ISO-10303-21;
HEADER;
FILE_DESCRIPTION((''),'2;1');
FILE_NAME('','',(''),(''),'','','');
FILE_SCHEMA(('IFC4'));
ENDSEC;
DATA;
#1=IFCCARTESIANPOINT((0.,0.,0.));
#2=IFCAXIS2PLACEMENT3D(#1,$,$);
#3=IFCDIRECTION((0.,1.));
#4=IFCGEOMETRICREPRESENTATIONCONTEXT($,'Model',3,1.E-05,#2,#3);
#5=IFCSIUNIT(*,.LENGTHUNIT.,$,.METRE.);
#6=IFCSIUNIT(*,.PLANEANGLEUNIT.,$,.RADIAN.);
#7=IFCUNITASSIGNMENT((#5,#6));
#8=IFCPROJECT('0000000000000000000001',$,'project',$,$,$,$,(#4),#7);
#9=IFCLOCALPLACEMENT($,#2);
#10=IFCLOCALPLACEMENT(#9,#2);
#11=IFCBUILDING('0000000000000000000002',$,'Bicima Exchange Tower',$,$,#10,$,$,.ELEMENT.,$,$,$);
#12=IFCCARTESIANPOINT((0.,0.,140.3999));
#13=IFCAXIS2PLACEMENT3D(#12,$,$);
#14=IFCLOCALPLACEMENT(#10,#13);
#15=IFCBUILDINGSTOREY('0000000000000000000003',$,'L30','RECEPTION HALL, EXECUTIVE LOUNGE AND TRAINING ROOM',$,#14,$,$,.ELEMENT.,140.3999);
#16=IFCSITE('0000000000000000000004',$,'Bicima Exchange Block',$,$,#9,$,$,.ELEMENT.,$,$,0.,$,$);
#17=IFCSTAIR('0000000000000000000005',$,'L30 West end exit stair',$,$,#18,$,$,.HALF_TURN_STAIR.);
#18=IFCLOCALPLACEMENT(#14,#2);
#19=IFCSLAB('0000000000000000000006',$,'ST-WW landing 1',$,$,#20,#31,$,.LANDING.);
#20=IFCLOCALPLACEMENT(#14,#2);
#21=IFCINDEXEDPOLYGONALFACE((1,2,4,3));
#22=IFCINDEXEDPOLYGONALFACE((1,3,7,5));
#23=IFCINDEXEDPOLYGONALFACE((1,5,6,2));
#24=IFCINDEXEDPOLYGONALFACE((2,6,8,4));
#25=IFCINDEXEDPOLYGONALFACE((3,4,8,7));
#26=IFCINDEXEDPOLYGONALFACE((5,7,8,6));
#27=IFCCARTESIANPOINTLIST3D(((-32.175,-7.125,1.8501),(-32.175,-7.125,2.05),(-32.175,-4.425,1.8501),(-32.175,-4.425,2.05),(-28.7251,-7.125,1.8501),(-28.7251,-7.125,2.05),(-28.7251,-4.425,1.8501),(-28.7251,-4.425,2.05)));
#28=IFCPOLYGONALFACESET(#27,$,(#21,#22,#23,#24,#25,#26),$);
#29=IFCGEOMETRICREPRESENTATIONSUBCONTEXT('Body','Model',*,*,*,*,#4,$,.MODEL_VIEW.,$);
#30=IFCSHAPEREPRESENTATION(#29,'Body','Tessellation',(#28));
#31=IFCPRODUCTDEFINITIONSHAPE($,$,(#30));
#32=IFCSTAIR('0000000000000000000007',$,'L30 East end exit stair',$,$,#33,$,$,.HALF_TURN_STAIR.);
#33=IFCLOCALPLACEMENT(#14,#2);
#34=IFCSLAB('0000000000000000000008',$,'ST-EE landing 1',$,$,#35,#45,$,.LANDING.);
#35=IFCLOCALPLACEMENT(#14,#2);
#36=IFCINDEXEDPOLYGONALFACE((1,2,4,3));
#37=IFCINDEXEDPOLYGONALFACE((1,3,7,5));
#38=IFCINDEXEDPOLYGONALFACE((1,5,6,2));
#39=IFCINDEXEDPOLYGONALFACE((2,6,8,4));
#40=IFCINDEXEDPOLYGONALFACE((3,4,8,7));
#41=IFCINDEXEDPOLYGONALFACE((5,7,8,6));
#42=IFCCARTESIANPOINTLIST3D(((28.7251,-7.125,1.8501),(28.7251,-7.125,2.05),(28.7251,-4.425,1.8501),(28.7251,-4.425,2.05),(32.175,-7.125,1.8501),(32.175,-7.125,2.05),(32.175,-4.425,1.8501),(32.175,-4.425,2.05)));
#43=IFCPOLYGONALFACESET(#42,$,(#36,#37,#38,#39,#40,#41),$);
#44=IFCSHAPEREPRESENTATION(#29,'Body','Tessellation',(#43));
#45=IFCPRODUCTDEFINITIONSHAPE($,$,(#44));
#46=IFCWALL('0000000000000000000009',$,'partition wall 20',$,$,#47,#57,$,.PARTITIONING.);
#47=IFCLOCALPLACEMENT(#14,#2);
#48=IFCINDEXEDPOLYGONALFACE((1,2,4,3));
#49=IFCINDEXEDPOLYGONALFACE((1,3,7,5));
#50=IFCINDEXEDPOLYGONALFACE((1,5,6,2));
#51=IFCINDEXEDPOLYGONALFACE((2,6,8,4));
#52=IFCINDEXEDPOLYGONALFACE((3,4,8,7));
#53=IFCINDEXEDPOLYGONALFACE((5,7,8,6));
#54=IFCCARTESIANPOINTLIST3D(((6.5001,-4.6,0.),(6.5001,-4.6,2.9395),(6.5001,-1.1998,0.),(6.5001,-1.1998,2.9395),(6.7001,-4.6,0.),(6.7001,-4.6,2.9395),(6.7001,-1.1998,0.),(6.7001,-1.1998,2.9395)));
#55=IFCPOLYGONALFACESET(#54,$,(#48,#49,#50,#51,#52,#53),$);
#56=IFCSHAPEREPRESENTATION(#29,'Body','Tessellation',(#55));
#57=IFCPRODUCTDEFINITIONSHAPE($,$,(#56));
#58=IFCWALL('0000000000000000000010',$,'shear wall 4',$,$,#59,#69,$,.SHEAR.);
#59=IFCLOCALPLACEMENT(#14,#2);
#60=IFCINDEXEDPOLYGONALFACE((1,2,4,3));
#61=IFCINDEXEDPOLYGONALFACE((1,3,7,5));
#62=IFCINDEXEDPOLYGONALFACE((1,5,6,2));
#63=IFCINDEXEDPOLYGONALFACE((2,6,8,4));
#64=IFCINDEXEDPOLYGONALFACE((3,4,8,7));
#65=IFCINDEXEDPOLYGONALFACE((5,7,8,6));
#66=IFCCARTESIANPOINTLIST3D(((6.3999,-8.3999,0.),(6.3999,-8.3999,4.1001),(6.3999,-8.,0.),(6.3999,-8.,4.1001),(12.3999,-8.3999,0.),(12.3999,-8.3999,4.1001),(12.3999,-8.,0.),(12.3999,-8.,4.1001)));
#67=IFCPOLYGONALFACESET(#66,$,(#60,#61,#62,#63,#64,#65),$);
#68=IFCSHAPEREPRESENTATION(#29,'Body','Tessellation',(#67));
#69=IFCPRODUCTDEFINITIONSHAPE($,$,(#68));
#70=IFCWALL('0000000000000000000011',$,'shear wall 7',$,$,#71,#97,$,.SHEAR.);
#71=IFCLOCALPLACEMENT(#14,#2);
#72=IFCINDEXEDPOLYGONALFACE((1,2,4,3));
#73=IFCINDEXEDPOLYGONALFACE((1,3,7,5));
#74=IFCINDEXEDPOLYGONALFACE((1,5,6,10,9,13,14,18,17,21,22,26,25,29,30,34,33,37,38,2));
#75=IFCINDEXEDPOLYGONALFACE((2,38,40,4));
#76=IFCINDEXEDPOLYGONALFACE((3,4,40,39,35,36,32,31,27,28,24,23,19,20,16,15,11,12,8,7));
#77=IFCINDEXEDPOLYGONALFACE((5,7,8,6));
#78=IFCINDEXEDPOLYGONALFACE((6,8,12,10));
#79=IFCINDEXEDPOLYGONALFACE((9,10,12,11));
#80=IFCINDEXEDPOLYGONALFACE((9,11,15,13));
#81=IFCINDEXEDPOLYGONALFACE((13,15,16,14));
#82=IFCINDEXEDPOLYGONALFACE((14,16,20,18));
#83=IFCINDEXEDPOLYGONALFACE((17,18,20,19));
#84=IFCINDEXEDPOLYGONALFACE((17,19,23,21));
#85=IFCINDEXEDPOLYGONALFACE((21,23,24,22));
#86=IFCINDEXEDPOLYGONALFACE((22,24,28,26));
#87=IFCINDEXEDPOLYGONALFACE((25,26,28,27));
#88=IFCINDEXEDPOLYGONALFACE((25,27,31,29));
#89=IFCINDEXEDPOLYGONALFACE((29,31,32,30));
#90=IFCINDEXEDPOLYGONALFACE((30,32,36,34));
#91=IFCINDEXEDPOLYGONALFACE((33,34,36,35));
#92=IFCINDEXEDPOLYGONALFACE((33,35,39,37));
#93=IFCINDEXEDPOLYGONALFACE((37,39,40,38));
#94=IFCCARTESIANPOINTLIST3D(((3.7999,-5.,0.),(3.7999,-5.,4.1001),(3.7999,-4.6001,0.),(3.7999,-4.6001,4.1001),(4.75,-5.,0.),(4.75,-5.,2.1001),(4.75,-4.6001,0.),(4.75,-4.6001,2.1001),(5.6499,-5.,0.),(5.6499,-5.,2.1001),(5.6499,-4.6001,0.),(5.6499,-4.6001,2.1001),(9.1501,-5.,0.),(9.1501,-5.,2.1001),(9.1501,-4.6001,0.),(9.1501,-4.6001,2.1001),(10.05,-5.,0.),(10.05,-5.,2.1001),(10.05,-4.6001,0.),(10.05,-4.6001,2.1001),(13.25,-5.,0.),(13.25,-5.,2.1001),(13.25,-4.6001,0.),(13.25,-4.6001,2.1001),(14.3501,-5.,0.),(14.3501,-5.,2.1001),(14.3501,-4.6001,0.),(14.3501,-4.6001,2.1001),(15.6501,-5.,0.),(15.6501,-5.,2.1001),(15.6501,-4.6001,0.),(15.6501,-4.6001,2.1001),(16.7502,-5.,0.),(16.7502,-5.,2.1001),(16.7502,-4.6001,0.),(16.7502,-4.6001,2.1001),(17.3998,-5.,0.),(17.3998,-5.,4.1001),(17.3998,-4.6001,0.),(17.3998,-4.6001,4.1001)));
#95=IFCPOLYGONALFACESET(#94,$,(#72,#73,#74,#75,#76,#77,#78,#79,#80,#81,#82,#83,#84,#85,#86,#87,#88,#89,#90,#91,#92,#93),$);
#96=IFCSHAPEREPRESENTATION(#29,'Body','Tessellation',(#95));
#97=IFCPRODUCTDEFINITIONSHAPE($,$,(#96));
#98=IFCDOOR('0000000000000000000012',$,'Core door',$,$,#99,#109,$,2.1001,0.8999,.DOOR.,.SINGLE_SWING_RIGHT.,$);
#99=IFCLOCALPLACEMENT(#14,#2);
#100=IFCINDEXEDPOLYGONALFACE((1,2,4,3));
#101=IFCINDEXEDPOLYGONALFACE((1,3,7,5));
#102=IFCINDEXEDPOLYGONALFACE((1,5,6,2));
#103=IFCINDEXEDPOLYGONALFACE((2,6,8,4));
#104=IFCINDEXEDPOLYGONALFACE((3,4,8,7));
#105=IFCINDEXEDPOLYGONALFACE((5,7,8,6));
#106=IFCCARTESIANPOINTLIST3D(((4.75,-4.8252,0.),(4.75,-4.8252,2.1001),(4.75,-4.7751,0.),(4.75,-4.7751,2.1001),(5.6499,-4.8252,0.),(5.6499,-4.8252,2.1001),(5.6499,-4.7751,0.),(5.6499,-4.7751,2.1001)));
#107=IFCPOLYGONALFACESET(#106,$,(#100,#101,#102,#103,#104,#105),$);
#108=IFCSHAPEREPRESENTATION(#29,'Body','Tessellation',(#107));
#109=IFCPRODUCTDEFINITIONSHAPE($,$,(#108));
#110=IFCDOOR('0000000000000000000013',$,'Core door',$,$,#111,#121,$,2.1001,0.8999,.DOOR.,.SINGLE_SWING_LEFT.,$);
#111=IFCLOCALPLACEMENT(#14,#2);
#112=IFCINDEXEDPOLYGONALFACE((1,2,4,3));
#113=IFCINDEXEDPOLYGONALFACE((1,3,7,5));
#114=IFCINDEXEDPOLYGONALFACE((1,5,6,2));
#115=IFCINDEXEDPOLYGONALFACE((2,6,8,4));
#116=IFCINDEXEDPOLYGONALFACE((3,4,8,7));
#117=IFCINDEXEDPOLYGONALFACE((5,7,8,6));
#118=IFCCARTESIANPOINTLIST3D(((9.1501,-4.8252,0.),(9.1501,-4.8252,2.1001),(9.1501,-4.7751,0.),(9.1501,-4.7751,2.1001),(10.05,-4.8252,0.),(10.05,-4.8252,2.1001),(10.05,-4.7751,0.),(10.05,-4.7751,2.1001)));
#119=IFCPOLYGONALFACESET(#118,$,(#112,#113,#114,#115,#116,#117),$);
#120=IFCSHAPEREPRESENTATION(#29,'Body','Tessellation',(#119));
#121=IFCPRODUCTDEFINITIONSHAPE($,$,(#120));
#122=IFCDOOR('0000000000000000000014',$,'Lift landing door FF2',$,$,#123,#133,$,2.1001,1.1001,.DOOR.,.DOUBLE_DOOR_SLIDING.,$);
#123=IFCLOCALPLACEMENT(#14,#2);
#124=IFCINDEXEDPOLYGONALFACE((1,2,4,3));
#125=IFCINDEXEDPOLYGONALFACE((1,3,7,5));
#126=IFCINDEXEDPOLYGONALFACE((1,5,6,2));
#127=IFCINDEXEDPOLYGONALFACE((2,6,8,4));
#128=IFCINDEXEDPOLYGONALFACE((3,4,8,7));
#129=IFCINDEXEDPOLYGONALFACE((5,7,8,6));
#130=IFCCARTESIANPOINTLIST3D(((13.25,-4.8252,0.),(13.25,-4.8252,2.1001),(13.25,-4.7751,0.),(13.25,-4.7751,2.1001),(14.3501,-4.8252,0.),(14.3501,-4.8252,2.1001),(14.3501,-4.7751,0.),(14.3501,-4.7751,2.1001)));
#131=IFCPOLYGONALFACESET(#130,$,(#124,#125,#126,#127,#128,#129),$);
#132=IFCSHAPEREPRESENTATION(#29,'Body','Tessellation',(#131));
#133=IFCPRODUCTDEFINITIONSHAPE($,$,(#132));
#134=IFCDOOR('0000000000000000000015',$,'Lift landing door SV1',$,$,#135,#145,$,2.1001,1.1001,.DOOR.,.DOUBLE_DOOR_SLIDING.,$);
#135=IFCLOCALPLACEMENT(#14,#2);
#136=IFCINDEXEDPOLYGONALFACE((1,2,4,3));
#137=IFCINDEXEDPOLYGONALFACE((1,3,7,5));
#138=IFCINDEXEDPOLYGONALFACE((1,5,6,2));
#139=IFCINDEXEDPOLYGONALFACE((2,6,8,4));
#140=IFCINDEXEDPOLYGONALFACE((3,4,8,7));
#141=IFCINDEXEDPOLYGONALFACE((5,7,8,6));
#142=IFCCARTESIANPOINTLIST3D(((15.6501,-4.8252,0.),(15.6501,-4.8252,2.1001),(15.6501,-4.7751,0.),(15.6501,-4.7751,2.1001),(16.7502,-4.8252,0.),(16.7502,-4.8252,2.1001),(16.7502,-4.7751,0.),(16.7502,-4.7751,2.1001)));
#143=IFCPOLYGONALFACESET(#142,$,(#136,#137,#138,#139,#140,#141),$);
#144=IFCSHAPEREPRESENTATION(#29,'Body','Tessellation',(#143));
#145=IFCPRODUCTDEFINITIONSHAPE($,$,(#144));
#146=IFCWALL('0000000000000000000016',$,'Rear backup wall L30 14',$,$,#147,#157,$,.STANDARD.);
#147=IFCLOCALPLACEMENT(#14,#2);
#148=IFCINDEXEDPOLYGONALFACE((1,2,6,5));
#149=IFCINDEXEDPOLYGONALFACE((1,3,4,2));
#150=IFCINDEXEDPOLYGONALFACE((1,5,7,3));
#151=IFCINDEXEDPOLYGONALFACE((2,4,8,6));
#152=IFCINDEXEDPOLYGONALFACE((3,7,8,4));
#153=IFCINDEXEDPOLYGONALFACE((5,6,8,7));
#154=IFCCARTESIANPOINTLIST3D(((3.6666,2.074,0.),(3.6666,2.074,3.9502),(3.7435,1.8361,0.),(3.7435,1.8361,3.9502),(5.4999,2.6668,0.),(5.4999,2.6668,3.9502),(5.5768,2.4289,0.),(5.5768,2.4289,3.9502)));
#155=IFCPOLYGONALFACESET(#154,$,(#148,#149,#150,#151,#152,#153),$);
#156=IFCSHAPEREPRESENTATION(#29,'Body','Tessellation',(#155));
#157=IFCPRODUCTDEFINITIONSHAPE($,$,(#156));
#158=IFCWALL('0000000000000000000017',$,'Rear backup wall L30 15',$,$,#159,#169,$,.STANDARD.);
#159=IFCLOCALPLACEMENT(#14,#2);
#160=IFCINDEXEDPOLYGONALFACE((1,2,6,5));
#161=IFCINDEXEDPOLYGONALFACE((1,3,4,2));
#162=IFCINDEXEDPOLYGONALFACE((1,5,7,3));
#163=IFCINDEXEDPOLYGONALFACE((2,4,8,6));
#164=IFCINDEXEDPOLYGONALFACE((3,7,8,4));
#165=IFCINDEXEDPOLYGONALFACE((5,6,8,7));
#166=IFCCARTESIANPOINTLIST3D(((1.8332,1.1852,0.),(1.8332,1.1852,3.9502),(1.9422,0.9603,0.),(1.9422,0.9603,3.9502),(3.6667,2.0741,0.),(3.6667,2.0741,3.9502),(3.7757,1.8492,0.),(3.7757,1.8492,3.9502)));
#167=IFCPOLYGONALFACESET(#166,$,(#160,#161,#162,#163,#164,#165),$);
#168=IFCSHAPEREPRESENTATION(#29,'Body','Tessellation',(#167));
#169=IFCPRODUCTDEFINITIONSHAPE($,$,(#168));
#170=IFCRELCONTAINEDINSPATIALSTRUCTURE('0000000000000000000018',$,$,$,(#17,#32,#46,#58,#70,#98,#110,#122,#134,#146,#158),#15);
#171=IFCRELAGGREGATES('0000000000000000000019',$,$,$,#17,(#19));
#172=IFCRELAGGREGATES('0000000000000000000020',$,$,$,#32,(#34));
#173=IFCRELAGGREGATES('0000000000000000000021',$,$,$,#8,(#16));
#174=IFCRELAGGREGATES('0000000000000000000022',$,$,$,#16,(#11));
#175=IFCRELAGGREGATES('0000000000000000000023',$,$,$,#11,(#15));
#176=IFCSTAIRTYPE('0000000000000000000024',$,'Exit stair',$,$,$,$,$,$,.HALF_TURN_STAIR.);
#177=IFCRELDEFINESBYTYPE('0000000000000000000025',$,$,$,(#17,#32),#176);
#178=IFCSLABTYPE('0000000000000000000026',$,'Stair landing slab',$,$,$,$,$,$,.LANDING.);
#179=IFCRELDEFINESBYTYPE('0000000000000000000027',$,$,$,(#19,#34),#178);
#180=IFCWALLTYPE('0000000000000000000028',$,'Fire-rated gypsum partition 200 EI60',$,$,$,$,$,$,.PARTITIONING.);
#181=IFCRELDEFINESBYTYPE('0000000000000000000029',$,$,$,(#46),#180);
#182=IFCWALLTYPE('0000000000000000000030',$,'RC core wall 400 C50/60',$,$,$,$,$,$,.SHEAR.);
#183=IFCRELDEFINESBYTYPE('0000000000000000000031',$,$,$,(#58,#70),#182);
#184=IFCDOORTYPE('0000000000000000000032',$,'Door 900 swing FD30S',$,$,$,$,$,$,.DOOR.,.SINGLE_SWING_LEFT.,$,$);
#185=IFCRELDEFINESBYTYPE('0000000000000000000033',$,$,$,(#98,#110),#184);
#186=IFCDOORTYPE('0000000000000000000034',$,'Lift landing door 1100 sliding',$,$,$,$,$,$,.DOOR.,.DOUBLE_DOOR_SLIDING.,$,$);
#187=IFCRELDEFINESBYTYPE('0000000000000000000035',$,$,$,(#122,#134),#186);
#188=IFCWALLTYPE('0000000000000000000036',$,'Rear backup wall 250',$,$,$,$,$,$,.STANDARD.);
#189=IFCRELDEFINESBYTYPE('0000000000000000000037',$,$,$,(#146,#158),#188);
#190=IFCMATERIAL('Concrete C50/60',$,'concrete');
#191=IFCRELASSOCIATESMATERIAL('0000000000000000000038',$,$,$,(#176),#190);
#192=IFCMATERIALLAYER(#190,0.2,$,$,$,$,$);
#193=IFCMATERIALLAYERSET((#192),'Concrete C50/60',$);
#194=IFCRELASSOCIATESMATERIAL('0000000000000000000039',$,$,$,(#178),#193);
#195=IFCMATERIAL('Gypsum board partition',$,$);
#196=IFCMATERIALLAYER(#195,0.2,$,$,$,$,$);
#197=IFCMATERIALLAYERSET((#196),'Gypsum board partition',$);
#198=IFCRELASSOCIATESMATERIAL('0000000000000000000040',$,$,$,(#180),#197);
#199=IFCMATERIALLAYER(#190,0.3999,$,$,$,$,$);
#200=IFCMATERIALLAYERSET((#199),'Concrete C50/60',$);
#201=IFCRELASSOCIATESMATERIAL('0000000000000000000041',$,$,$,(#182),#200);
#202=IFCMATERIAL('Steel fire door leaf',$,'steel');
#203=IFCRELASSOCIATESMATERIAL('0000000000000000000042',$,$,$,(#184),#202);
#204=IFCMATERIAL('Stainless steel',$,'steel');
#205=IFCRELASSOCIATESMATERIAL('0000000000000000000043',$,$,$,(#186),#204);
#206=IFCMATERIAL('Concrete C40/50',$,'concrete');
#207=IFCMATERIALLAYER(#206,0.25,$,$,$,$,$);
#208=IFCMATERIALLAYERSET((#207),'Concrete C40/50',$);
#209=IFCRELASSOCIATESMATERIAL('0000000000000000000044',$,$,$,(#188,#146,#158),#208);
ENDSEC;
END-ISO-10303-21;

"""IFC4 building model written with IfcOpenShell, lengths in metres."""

from ifc_helpers import new_model, si_unit, direction, frame, frame_2d, origin, place, context, subcontext, project, spatial, polyline, rectangle, outline, extrude, material, layer, layer_set, layer_usage, type_object, element, fill, aggregate, save


model = new_model("IFC4")

# Units and contexts
model_context = context("Model", 3, precision=1e-05, world=origin(), true_north=direction((0.0, 1.0)))
body_context = subcontext(model_context, "Body", "Model", "MODEL_VIEW")
ifc_project = project(units=[si_unit("LENGTHUNIT", "METRE"), si_unit("PLANEANGLEUNIT", "RADIAN")], contexts=[model_context])

# Site, building, storey
site_placement = place(None, origin())
site = spatial("IfcSite", under=ifc_project, at=site_placement, Name="Bicima Exchange Block", CompositionType="ELEMENT", RefElevation=0.0)
building_placement = place(site_placement, origin())
building = spatial("IfcBuilding", under=site, at=building_placement, Name="Bicima Exchange Tower", CompositionType="ELEMENT")
storey_placement = place(building_placement, frame((0.0, 0.0, 140.3999)))
storey = spatial("IfcBuildingStorey", under=building, at=storey_placement, Name="L30", Description="RECEPTION HALL, EXECUTIVE LOUNGE AND TRAINING ROOM", CompositionType="ELEMENT", Elevation=140.3999)

# Shared definitions
ifc_material_1 = material(Name="Concrete C40/50", Category="concrete")

# Stairs, slabs
ifc_material_2 = material(Name="Concrete C50/60", Category="concrete")
stair_type_1 = type_object("IfcStairType", Name="Exit stair", PredefinedType="HALF_TURN_STAIR", material=ifc_material_2)
ifc_layer_1 = layer(ifc_material_2, 0.2)
ifc_layer_set_1 = layer_set([ifc_layer_1], Name="Concrete C50/60")
slab_type_1 = type_object("IfcSlabType", Name="Stair landing slab", PredefinedType="LANDING", material=ifc_layer_set_1)
stair_1_placement = place(storey_placement, origin())
stair_1 = element("IfcStair", 1, at=stair_1_placement, inside=storey, type_object=stair_type_1, Name="L30 West end exit stair", PredefinedType="HALF_TURN_STAIR")
slab_1_placement = place(storey_placement, frame((0.0, 0.0, 1.8501)))
slab_1 = element("IfcSlab", 2, at=slab_1_placement, type_object=slab_type_1, Name="ST-WW landing 1", PredefinedType="LANDING", context=body_context, shape_type="SweptSolid", body=[
    extrude(outline(polyline([(-28.7251, -7.125), (-28.7251, -4.425), (-32.175, -4.425), (-32.175, -7.125), (-28.7251, -7.125)])), origin(), (0.0, 0.0, 1.0), 0.2),
])
aggregate(stair_1, [slab_1])
stair_2_placement = place(storey_placement, origin())
stair_2 = element("IfcStair", 3, at=stair_2_placement, inside=storey, type_object=stair_type_1, Name="L30 East end exit stair", PredefinedType="HALF_TURN_STAIR")
slab_2_placement = place(storey_placement, frame((0.0, 0.0, 1.8501)))
slab_2 = element("IfcSlab", 4, at=slab_2_placement, type_object=slab_type_1, Name="ST-EE landing 1", PredefinedType="LANDING", context=body_context, shape_type="SweptSolid", body=[
    extrude(outline(polyline([(32.175, -7.125), (32.175, -4.425), (28.7251, -4.425), (28.7251, -7.125), (32.175, -7.125)])), origin(), (0.0, 0.0, 1.0), 0.2),
])
aggregate(stair_2, [slab_2])

# Walls
ifc_material_3 = material(Name="Gypsum board partition")
ifc_layer_2 = layer(ifc_material_3, 0.2)
ifc_layer_set_2 = layer_set([ifc_layer_2], Name="Gypsum board partition")
wall_type_1 = type_object("IfcWallType", Name="Fire-rated gypsum partition 200 EI60", PredefinedType="PARTITIONING", material=ifc_layer_set_2)
wall_1_placement = place(storey_placement, frame((6.6001, -4.6001, 0.0), z_axis=(0.0, 0.0, 1.0), x_axis=(0.0, 1.0, 0.0)))
element("IfcWall", 5, at=wall_1_placement, inside=storey, type_object=wall_type_1, Name="partition wall 20", PredefinedType="PARTITIONING", context=body_context, shape_type="SweptSolid", body=[
    extrude(rectangle(XDim=3.4001, YDim=0.2, at=frame_2d((1.7002, 0.0))), origin(), (0.0, 0.0, 1.0), 2.9395),
])
ifc_layer_3 = layer(ifc_material_2, 0.3999)
ifc_layer_set_3 = layer_set([ifc_layer_3], Name="Concrete C50/60")
wall_type_2 = type_object("IfcWallType", Name="RC core wall 400 C50/60", PredefinedType="SHEAR", material=ifc_layer_set_3)
wall_2_placement = place(storey_placement, frame((6.3999, -8.2, 0.0), z_axis=(0.0, 0.0, 1.0), x_axis=(1.0, 0.0, 0.0)))
element("IfcWall", 6, at=wall_2_placement, inside=storey, type_object=wall_type_2, Name="shear wall 4", PredefinedType="SHEAR", context=body_context, shape_type="SweptSolid", body=[
    extrude(rectangle(XDim=6.0, YDim=0.3999, at=frame_2d((3.0, 0.0))), origin(), (0.0, 0.0, 1.0), 4.1001),
])

# Wall, openings, doors
wall_3_placement = place(storey_placement, frame((3.8, -4.8, 0.0), z_axis=(0.0, 0.0, 1.0), x_axis=(1.0, 0.0, 0.0)))
wall_3 = element("IfcWall", 7, at=wall_3_placement, inside=storey, type_object=wall_type_2, Name="shear wall 7", PredefinedType="SHEAR", context=body_context, shape_type="SweptSolid", body=[
    extrude(rectangle(XDim=13.5999, YDim=0.3999, at=frame_2d((6.7998, 0.0))), origin(), (0.0, 0.0, 1.0), 4.1001),
])
opening_1_placement = place(wall_3_placement, frame((9.45, 0.0, 0.0)))
opening_1 = element("IfcOpeningElement", 8, at=opening_1_placement, cuts=wall_3, PredefinedType="OPENING", context=body_context, shape_type="SweptSolid", body=[
    extrude(rectangle(XDim=1.1001, YDim=2.1001, at=frame_2d((0.55, 1.05))), frame((0.0, 0.2119, 0.0), z_axis=(0.0, -1.0, 0.0), x_axis=(1.0, 0.0, 0.0)), (0.0, 0.0, 1.0), 0.4238),
])
opening_2_placement = place(wall_3_placement, frame((11.8501, 0.0, 0.0)))
opening_2 = element("IfcOpeningElement", 9, at=opening_2_placement, cuts=wall_3, PredefinedType="OPENING", context=body_context, shape_type="SweptSolid", body=[
    extrude(rectangle(XDim=1.1001, YDim=2.1001, at=frame_2d((0.55, 1.05))), frame((0.0, 0.2119, 0.0), z_axis=(0.0, -1.0, 0.0), x_axis=(1.0, 0.0, 0.0)), (0.0, 0.0, 1.0), 0.4238),
])
opening_3_placement = place(wall_3_placement, frame((0.95, 0.0, 0.0)))
opening_3 = element("IfcOpeningElement", 10, at=opening_3_placement, cuts=wall_3, PredefinedType="OPENING", context=body_context, shape_type="SweptSolid", body=[
    extrude(rectangle(XDim=0.8999, YDim=2.1001, at=frame_2d((0.45, 1.05))), frame((0.0, 0.2119, 0.0), z_axis=(0.0, -1.0, 0.0), x_axis=(1.0, 0.0, 0.0)), (0.0, 0.0, 1.0), 0.4238),
])
opening_4_placement = place(wall_3_placement, frame((5.3501, 0.0, 0.0)))
opening_4 = element("IfcOpeningElement", 11, at=opening_4_placement, cuts=wall_3, PredefinedType="OPENING", context=body_context, shape_type="SweptSolid", body=[
    extrude(rectangle(XDim=0.8999, YDim=2.1001, at=frame_2d((0.45, 1.05))), frame((0.0, 0.2119, 0.0), z_axis=(0.0, -1.0, 0.0), x_axis=(1.0, 0.0, 0.0)), (0.0, 0.0, 1.0), 0.4238),
])
ifc_material_4 = material(Name="Steel fire door leaf", Category="steel")
door_type_1 = type_object("IfcDoorType", Name="Door 900 swing FD30S", OperationType="SINGLE_SWING_LEFT", PredefinedType="DOOR", material=ifc_material_4)
door_1_placement = place(opening_3_placement, origin())
door_1 = element("IfcDoor", 12, at=door_1_placement, inside=storey, type_object=door_type_1, Name="Core door", OperationType="SINGLE_SWING_RIGHT", OverallHeight=2.1001, OverallWidth=0.8999, PredefinedType="DOOR", context=body_context, shape_type="SweptSolid", body=[
    extrude(rectangle(XDim=0.8999, YDim=2.1001, at=frame_2d((0.45, 1.05))), frame((0.0, 0.0249, 0.0), z_axis=(0.0, -1.0, 0.0), x_axis=(1.0, 0.0, 0.0)), (0.0, 0.0, 1.0), 0.05),
])
fill(opening_3, door_1)
door_2_placement = place(opening_4_placement, origin())
door_2 = element("IfcDoor", 13, at=door_2_placement, inside=storey, type_object=door_type_1, Name="Core door", OperationType="SINGLE_SWING_LEFT", OverallHeight=2.1001, OverallWidth=0.8999, PredefinedType="DOOR", context=body_context, shape_type="SweptSolid", body=[
    extrude(rectangle(XDim=0.8999, YDim=2.1001, at=frame_2d((0.45, 1.05))), frame((0.0, 0.0249, 0.0), z_axis=(0.0, -1.0, 0.0), x_axis=(1.0, 0.0, 0.0)), (0.0, 0.0, 1.0), 0.05),
])
fill(opening_4, door_2)
ifc_material_5 = material(Name="Stainless steel", Category="steel")
door_type_2 = type_object("IfcDoorType", Name="Lift landing door 1100 sliding", OperationType="DOUBLE_DOOR_SLIDING", PredefinedType="DOOR", material=ifc_material_5)
door_3_placement = place(opening_1_placement, origin())
door_3 = element("IfcDoor", 14, at=door_3_placement, inside=storey, type_object=door_type_2, Name="Lift landing door FF2", OperationType="DOUBLE_DOOR_SLIDING", OverallHeight=2.1001, OverallWidth=1.1001, PredefinedType="DOOR", context=body_context, shape_type="SweptSolid", body=[
    extrude(rectangle(XDim=1.1001, YDim=2.1001, at=frame_2d((0.55, 1.05))), frame((0.0, 0.0249, 0.0), z_axis=(0.0, -1.0, 0.0), x_axis=(1.0, 0.0, 0.0)), (0.0, 0.0, 1.0), 0.05),
])
fill(opening_1, door_3)
door_4_placement = place(opening_2_placement, origin())
door_4 = element("IfcDoor", 15, at=door_4_placement, inside=storey, type_object=door_type_2, Name="Lift landing door SV1", OperationType="DOUBLE_DOOR_SLIDING", OverallHeight=2.1001, OverallWidth=1.1001, PredefinedType="DOOR", context=body_context, shape_type="SweptSolid", body=[
    extrude(rectangle(XDim=1.1001, YDim=2.1001, at=frame_2d((0.55, 1.05))), frame((0.0, 0.0249, 0.0), z_axis=(0.0, -1.0, 0.0), x_axis=(1.0, 0.0, 0.0)), (0.0, 0.0, 1.0), 0.05),
])
fill(opening_2, door_4)

# Walls
ifc_layer_4 = layer(ifc_material_1, 0.25)
ifc_layer_set_4 = layer_set([ifc_layer_4], Name="Concrete C40/50")
ifc_layer_usage = layer_usage(ifc_layer_set_4, "AXIS2", "POSITIVE", -0.125)
wall_type_3 = type_object("IfcWallType", Name="Rear backup wall 250", PredefinedType="STANDARD", material=ifc_layer_set_4)
wall_4_placement = place(storey_placement, frame((5.5383, 2.5479, 0.0), z_axis=(0.0, 0.0, 1.0), x_axis=(-0.951496, -0.307662, 0.0)))
element("IfcWall", 16, at=wall_4_placement, inside=storey, type_object=wall_type_3, material=ifc_layer_usage, Name="Rear backup wall L30 14", PredefinedType="STANDARD", context=body_context, shape_type="SweptSolid", body=[
    extrude(rectangle(XDim=1.9268, YDim=0.25, at=frame_2d((0.9634, 0.0))), origin(), (0.0, 0.0, 1.0), 3.9502),
])
wall_5_placement = place(storey_placement, frame((3.7212, 1.9617, 0.0), z_axis=(0.0, 0.0, 1.0), x_axis=(-0.899824, -0.436253, 0.0)))
element("IfcWall", 17, at=wall_5_placement, inside=storey, type_object=wall_type_3, material=ifc_layer_usage, Name="Rear backup wall L30 15", PredefinedType="STANDARD", context=body_context, shape_type="SweptSolid", body=[
    extrude(rectangle(XDim=2.0376, YDim=0.25, at=frame_2d((1.0188, 0.0))), origin(), (0.0, 0.0, 1.0), 3.9502),
])

save(model, "model.ifc")
